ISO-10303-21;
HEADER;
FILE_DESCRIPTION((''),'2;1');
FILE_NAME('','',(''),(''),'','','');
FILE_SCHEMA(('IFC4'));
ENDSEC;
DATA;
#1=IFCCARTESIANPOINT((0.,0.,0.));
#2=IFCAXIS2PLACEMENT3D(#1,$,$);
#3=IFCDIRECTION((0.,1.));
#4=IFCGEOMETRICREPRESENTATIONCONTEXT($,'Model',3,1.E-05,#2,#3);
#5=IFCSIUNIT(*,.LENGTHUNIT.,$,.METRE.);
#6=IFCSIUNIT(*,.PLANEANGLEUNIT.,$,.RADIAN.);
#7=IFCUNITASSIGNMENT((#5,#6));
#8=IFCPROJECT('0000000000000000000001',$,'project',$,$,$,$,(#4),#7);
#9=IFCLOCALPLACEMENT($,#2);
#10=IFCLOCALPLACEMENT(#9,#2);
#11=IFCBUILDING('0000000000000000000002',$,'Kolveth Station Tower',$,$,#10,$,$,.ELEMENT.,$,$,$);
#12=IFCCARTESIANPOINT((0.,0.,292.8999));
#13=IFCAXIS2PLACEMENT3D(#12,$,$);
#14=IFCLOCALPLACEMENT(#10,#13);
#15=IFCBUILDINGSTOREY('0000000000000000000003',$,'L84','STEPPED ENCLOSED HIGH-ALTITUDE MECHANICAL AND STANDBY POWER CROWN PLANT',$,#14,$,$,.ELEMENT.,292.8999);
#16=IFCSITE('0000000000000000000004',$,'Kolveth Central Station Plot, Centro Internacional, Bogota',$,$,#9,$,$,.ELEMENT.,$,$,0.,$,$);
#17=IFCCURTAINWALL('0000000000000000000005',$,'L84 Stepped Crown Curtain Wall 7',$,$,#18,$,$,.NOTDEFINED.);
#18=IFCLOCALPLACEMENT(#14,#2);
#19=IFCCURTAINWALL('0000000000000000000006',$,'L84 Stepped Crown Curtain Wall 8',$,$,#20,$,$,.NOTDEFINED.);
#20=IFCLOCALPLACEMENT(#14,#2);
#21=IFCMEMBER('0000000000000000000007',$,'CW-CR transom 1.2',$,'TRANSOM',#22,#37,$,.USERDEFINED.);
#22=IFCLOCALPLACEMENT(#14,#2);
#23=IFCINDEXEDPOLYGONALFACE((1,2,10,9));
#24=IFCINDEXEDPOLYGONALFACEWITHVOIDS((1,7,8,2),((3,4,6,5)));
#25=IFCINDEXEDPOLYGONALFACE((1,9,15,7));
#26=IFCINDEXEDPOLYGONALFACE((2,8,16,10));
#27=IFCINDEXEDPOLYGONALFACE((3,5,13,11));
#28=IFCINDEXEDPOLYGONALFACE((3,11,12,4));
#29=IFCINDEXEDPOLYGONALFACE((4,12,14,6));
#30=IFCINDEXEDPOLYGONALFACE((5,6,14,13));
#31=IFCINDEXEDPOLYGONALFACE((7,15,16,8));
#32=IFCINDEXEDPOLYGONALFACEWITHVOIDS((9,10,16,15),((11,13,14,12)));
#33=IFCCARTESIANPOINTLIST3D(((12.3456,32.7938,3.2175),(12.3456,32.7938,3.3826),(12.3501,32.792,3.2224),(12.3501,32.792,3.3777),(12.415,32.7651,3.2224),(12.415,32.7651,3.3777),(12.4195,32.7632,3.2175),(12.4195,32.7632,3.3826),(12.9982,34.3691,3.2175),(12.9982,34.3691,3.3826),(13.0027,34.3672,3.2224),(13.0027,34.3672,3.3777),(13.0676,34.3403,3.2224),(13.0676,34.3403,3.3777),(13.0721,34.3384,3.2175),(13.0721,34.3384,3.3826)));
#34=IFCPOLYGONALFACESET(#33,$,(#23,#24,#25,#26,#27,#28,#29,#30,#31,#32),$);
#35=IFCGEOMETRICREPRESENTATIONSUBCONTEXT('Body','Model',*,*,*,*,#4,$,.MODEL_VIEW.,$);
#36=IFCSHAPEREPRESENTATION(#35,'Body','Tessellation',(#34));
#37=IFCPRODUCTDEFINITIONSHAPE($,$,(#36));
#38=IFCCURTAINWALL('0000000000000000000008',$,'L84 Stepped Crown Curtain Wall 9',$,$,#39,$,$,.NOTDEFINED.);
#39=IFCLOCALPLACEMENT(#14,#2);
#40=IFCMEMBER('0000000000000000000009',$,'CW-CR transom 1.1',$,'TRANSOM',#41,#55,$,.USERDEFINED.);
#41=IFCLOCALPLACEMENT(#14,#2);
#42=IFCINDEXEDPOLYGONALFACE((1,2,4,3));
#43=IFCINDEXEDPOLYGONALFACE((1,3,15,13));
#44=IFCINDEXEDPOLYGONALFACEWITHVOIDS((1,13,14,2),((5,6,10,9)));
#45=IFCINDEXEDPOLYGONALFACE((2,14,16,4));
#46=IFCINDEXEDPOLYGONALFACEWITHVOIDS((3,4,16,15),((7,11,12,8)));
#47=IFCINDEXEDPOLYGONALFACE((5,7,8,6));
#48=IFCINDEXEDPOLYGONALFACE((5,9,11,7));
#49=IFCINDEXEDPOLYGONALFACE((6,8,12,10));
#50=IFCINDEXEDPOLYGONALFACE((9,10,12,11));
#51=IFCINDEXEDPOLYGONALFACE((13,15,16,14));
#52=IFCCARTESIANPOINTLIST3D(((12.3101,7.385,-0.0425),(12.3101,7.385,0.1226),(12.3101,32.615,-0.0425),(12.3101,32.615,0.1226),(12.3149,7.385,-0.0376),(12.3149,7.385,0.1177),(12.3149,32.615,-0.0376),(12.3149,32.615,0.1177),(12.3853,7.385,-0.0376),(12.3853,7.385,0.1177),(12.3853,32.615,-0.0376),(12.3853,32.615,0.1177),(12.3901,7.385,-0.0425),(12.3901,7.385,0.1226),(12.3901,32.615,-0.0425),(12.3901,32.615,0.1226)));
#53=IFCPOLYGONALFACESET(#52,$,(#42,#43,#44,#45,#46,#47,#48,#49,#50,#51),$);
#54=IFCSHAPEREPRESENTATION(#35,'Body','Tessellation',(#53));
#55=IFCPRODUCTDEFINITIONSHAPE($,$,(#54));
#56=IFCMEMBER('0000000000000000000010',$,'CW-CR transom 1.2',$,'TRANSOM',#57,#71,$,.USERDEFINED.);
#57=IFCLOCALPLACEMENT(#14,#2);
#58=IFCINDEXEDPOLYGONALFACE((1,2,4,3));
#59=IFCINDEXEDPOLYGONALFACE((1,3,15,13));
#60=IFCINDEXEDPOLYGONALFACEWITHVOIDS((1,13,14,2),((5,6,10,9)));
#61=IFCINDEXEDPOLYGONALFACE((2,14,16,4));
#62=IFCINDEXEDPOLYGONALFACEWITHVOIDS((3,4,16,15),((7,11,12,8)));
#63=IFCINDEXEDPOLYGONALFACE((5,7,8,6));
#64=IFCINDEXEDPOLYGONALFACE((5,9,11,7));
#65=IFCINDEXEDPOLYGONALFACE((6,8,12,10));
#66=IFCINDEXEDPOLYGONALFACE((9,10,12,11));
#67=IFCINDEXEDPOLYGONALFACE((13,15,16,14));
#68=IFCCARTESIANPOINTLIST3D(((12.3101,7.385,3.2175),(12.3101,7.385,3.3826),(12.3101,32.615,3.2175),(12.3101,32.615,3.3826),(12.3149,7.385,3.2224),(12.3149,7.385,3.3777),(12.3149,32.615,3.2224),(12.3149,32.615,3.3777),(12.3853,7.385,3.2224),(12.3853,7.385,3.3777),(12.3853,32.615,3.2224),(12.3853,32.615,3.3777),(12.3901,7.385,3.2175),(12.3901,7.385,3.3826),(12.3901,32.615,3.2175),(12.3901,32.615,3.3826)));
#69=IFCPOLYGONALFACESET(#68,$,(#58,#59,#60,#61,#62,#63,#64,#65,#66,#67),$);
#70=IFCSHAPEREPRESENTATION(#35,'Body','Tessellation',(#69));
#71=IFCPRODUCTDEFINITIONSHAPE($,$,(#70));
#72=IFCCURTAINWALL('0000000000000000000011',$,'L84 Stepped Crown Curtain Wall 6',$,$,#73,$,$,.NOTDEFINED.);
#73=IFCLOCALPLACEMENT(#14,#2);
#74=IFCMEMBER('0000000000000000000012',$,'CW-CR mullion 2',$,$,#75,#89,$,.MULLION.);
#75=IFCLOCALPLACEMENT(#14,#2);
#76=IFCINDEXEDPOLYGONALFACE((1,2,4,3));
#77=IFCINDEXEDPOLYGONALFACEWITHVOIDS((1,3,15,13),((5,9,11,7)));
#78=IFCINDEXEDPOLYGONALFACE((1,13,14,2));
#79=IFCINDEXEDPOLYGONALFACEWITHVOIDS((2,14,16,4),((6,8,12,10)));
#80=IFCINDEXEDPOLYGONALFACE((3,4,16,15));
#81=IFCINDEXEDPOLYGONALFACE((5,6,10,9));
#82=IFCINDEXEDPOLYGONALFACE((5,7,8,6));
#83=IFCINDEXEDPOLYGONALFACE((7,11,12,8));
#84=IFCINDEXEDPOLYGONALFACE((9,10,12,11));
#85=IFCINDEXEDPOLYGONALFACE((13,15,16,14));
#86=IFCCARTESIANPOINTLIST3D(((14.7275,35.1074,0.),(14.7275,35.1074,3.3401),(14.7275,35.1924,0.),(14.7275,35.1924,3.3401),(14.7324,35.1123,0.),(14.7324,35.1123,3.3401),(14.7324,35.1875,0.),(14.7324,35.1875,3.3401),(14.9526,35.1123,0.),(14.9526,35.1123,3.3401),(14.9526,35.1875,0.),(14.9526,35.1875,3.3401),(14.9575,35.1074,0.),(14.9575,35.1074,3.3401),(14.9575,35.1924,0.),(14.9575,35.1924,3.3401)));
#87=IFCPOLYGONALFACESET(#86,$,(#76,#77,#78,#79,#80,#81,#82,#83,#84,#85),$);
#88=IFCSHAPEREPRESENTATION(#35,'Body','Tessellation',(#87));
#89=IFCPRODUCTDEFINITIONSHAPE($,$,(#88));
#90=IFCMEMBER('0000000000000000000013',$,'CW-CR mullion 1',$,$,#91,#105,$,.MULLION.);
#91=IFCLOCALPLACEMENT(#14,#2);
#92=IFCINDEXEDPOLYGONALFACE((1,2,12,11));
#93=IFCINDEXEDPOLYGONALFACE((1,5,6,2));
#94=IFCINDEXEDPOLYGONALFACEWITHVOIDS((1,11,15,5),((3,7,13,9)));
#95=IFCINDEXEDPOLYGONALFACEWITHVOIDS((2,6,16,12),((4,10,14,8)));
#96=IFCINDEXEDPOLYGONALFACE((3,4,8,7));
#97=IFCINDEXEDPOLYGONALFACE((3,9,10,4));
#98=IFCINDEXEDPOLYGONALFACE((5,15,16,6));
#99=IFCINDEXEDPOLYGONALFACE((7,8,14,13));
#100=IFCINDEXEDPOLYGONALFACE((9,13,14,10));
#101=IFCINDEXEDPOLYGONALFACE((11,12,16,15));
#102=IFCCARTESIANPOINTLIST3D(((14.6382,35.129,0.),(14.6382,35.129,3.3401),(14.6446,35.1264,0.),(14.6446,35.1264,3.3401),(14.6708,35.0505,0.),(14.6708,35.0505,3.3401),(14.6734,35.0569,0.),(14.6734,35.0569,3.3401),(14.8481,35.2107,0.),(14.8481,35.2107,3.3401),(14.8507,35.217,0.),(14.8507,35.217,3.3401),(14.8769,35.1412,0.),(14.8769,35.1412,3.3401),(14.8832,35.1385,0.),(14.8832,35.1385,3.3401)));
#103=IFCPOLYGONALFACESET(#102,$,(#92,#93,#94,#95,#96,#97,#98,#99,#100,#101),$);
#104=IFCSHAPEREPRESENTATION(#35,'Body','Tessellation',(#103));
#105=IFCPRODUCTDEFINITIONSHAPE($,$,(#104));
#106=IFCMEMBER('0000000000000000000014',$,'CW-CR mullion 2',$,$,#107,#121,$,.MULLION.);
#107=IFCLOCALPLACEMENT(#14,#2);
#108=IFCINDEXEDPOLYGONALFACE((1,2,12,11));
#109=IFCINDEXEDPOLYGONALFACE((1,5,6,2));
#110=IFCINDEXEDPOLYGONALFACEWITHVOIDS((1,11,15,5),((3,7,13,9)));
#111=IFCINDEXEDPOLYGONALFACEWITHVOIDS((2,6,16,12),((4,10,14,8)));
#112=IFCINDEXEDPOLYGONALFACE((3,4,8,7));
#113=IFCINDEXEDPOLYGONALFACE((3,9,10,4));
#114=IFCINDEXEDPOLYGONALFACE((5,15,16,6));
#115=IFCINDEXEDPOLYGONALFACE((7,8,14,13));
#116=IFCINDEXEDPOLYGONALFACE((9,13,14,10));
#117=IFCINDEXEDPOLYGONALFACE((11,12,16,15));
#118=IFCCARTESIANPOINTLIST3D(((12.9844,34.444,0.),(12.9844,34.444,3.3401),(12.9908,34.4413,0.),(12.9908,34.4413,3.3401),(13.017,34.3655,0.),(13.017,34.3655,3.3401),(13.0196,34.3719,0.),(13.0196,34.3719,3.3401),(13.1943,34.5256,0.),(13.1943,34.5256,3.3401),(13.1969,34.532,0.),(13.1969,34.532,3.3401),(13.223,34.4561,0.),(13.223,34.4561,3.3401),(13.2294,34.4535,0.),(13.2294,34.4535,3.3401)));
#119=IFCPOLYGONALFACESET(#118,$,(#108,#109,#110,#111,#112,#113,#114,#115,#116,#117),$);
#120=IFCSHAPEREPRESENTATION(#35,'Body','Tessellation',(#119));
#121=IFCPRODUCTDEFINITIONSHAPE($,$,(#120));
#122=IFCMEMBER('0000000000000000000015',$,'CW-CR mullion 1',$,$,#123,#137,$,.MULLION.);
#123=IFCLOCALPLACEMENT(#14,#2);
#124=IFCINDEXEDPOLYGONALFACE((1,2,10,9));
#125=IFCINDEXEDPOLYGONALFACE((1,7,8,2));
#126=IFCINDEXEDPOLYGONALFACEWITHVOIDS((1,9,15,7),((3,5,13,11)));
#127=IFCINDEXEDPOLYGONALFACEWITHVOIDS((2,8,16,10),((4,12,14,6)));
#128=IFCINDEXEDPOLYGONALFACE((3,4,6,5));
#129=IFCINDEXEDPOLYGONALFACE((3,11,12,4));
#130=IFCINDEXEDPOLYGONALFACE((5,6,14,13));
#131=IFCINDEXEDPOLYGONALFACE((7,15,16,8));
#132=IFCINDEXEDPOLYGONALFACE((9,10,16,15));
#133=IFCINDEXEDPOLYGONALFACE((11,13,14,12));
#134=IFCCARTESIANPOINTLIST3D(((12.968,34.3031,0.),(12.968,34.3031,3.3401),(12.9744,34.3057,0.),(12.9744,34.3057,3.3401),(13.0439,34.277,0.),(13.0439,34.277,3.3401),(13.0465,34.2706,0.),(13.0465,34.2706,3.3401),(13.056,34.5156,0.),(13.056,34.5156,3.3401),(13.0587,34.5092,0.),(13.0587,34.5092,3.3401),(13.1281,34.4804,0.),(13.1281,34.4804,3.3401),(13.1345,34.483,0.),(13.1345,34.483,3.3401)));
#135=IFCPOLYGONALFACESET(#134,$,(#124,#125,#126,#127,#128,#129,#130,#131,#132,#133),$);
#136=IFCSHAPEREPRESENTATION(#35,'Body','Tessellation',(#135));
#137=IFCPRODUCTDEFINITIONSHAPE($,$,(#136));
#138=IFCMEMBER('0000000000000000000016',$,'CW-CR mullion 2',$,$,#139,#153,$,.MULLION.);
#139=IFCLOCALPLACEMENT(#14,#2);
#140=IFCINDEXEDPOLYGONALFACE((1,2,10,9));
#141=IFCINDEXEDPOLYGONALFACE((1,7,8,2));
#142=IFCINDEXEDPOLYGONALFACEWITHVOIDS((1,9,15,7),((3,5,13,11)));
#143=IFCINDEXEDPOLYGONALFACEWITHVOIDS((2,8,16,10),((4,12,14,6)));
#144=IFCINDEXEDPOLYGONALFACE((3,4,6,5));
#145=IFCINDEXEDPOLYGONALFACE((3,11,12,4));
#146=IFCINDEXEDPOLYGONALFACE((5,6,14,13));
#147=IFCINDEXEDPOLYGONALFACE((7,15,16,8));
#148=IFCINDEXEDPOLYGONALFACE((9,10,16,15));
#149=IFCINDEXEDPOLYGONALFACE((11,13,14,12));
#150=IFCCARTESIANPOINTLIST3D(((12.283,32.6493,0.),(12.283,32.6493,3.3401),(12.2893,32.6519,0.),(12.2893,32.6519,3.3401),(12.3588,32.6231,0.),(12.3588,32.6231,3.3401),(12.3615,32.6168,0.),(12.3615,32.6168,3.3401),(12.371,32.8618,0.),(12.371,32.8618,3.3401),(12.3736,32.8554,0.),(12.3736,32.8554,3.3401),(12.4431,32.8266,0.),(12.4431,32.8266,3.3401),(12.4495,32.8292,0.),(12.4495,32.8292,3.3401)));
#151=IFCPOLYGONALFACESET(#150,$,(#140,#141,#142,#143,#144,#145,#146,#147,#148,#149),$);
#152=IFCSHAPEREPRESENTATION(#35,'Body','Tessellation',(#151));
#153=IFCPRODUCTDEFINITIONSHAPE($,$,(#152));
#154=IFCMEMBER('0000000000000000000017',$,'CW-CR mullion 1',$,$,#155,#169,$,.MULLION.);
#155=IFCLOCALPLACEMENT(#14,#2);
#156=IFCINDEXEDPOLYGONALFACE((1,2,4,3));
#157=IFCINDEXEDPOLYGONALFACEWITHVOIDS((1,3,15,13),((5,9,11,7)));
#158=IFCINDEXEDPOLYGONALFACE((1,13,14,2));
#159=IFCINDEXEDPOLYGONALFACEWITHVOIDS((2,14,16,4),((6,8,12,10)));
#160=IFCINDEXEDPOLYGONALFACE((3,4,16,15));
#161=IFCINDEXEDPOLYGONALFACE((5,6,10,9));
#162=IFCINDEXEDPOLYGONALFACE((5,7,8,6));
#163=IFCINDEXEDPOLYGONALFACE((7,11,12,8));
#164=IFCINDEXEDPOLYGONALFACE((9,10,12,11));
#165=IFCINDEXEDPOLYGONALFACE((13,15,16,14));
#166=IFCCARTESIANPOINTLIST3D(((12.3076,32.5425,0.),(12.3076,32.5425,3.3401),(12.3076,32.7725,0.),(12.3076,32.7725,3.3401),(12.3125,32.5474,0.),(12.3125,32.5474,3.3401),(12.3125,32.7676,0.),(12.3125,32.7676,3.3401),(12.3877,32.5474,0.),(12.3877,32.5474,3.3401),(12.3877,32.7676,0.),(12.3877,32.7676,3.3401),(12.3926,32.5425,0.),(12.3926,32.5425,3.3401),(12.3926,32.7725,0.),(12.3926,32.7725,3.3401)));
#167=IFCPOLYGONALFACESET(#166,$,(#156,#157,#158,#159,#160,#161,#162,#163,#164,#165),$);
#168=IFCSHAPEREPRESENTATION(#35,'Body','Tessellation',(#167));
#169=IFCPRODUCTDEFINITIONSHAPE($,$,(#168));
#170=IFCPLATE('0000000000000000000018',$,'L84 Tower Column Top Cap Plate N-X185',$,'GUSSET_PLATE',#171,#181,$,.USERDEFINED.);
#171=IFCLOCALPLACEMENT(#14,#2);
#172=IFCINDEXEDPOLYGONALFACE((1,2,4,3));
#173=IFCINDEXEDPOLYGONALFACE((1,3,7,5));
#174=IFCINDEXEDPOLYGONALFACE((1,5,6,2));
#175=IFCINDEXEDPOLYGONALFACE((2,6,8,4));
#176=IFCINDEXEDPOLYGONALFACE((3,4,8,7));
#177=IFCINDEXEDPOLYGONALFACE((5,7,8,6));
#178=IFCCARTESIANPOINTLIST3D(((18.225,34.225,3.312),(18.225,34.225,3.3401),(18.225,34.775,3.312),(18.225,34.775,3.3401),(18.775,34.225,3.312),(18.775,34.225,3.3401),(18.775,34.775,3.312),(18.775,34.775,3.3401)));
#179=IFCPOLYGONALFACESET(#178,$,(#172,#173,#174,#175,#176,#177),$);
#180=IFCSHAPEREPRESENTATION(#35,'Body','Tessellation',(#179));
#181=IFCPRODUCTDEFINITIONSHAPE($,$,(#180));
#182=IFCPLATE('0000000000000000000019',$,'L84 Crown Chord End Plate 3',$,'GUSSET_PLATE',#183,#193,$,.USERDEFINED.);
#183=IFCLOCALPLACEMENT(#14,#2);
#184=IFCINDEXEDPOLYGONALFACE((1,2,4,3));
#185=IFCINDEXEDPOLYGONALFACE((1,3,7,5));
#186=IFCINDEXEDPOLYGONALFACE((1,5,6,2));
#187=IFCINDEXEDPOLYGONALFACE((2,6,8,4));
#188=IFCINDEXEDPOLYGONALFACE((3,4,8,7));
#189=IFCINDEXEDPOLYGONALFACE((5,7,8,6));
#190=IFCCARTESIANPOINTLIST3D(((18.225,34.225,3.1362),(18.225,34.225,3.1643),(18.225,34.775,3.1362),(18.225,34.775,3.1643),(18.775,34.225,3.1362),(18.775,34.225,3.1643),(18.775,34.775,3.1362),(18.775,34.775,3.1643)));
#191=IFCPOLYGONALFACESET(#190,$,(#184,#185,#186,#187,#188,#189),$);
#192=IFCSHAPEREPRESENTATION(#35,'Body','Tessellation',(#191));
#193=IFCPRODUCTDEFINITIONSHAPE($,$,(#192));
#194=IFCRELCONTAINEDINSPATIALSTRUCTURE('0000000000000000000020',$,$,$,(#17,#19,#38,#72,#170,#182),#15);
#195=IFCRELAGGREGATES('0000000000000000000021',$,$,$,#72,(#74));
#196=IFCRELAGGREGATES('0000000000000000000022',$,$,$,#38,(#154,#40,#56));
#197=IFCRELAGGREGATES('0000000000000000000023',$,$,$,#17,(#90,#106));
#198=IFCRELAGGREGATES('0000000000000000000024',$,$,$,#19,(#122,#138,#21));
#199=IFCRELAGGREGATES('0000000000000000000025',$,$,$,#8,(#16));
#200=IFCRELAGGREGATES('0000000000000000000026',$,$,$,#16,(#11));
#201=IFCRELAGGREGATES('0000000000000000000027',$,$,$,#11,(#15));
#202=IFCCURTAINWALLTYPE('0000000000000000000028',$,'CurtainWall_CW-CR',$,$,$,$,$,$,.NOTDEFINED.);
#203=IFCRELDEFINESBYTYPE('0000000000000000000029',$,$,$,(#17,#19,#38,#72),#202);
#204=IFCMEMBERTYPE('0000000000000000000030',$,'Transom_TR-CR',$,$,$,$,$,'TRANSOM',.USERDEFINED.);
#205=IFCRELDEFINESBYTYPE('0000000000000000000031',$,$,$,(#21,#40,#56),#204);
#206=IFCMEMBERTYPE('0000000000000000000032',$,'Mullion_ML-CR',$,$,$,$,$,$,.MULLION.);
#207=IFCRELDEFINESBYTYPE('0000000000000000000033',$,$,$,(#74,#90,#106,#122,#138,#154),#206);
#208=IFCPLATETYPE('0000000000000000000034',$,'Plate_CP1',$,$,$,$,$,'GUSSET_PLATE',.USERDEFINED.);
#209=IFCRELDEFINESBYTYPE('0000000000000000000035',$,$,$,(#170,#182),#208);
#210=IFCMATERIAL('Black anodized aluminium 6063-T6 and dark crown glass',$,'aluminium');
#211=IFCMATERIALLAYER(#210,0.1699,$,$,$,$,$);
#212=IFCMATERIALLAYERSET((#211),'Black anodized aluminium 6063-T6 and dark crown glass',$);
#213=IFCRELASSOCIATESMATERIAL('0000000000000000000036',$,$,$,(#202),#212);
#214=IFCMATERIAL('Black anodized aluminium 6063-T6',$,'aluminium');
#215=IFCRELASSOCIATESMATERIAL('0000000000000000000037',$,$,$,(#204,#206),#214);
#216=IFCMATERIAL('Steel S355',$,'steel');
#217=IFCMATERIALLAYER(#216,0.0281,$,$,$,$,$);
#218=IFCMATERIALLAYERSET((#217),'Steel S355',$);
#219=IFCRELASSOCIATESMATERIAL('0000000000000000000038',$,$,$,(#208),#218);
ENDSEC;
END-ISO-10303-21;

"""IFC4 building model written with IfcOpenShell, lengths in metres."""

from ifc_helpers import new_model, si_unit, direction, frame, origin, origin_2d, place, context, subcontext, project, spatial, rectangle, hollow_rectangle, extrude, source, transform, mapped, material, layer, layer_set, material_profile, profile_set, type_object, element, aggregate, save


model = new_model("IFC4")

# Units and contexts
model_context = context("Model", 3, precision=1e-05, world=origin(), true_north=direction((0.0, 1.0)))
body_context = subcontext(model_context, "Body", "Model", "MODEL_VIEW")
ifc_project = project(units=[si_unit("LENGTHUNIT", "METRE"), si_unit("PLANEANGLEUNIT", "RADIAN")], contexts=[model_context])

# Site, building, storey
site_placement = place(None, origin())
site = spatial("IfcSite", under=ifc_project, at=site_placement, Name="Kolveth Central Station Plot, Centro Internacional, Bogota", CompositionType="ELEMENT", RefElevation=0.0)
building_placement = place(site_placement, origin())
building = spatial("IfcBuilding", under=site, at=building_placement, Name="Kolveth Station Tower", CompositionType="ELEMENT")
storey_placement = place(building_placement, frame((0.0, 0.0, 292.8999)))
storey = spatial("IfcBuildingStorey", under=building, at=storey_placement, Name="L84", Description="STEPPED ENCLOSED HIGH-ALTITUDE MECHANICAL AND STANDBY POWER CROWN PLANT", CompositionType="ELEMENT", Elevation=292.8999)

# Shared definitions
ifc_material_1 = material(Name="Steel S355", Category="steel")

# Curtain walls, members
ifc_material_2 = material(Name="Black anodized aluminium 6063-T6 and dark crown glass", Category="aluminium")
ifc_layer_1 = layer(ifc_material_2, 0.1699)
ifc_layer_set_1 = layer_set([ifc_layer_1], Name="Black anodized aluminium 6063-T6 and dark crown glass")
curtain_wall_type = type_object("IfcCurtainWallType", Name="CurtainWall_CW-CR", PredefinedType="NOTDEFINED", material=ifc_layer_set_1)
curtain_wall_1_placement = place(storey_placement, origin())
curtain_wall_1 = element("IfcCurtainWall", 1, at=curtain_wall_1_placement, inside=storey, type_object=curtain_wall_type, Name="L84 Stepped Crown Curtain Wall 7", PredefinedType="NOTDEFINED")
ifc_material_3 = material(Name="Black anodized aluminium 6063-T6", Category="aluminium")
ifc_material_profile_1 = material_profile(ifc_material_3, hollow_rectangle(XDim=0.0801, YDim=0.165, WallThickness=0.0049, at=origin_2d()), Name="ALU-80x165x5")
ifc_profile_set_1 = profile_set([ifc_material_profile_1], Name="Black anodized aluminium 6063-T6")
member_type_1 = type_object("IfcMemberType", Name="Transom_TR-CR", ElementType="TRANSOM", PredefinedType="USERDEFINED", material=ifc_profile_set_1)
shared_shape_1 = source(origin(), body_context, "Body", "SweptSolid", [
    extrude(hollow_rectangle(XDim=0.0801, YDim=0.165, WallThickness=0.0049, at=origin_2d()), origin(), (0.0, 0.0, 1.0), 1.7051),
])
curtain_wall_2_placement = place(storey_placement, origin())
curtain_wall_2 = element("IfcCurtainWall", 2, at=curtain_wall_2_placement, inside=storey, type_object=curtain_wall_type, Name="L84 Stepped Crown Curtain Wall 8", PredefinedType="NOTDEFINED")
member_1_placement = place(storey_placement, frame((13.0352, 34.3538, 3.3), z_axis=(-0.382744, -0.923855, 0.0), x_axis=(0.923855, -0.382744, 0.0)))
member_1 = element("IfcMember", 3, at=member_1_placement, type_object=member_type_1, Name="CW-CR transom 1.2", ObjectType="TRANSOM", PredefinedType="USERDEFINED", context=body_context, shape_type="MappedRepresentation", body=[
    mapped(shared_shape_1, transform((0.0, 0.0, 0.0), x_axis=(1.0, 0.0, 0.0), y_axis=(0.0, 1.0, 0.0), z_axis=(0.0, 0.0, 1.0), scale=1.0)),
])
curtain_wall_3_placement = place(storey_placement, origin())
curtain_wall_3 = element("IfcCurtainWall", 4, at=curtain_wall_3_placement, inside=storey, type_object=curtain_wall_type, Name="L84 Stepped Crown Curtain Wall 9", PredefinedType="NOTDEFINED")
shared_shape_2 = source(origin(), body_context, "Body", "SweptSolid", [
    extrude(hollow_rectangle(XDim=0.0801, YDim=0.165, WallThickness=0.0049, at=origin_2d()), origin(), (0.0, 0.0, 1.0), 25.23),
])
member_2_placement = place(storey_placement, frame((12.3501, 32.615, 0.04), z_axis=(0.0, -1.0, 0.0), x_axis=(1.0, 0.0, 0.0)))
member_2 = element("IfcMember", 5, at=member_2_placement, type_object=member_type_1, Name="CW-CR transom 1.1", ObjectType="TRANSOM", PredefinedType="USERDEFINED", context=body_context, shape_type="MappedRepresentation", body=[
    mapped(shared_shape_2, transform((0.0, 0.0, 0.0), x_axis=(1.0, 0.0, 0.0), y_axis=(0.0, 1.0, 0.0), z_axis=(0.0, 0.0, 1.0), scale=1.0)),
])
member_3_placement = place(storey_placement, frame((12.3501, 32.615, 3.3), z_axis=(0.0, -1.0, 0.0), x_axis=(1.0, 0.0, 0.0)))
member_3 = element("IfcMember", 6, at=member_3_placement, type_object=member_type_1, Name="CW-CR transom 1.2", ObjectType="TRANSOM", PredefinedType="USERDEFINED", context=body_context, shape_type="MappedRepresentation", body=[
    mapped(shared_shape_2, transform((0.0, 0.0, 0.0), x_axis=(1.0, 0.0, 0.0), y_axis=(0.0, 1.0, 0.0), z_axis=(0.0, 0.0, 1.0), scale=1.0)),
])

# Curtain wall, member
curtain_wall_4_placement = place(storey_placement, origin())
curtain_wall_4 = element("IfcCurtainWall", 7, at=curtain_wall_4_placement, inside=storey, type_object=curtain_wall_type, Name="L84 Stepped Crown Curtain Wall 6", PredefinedType="NOTDEFINED")
ifc_material_profile_2 = material_profile(ifc_material_3, hollow_rectangle(XDim=0.085, YDim=0.23, WallThickness=0.0049, at=origin_2d()), Name="ALU-85x230x5")
ifc_profile_set_2 = profile_set([ifc_material_profile_2], Name="Black anodized aluminium 6063-T6")
member_type_2 = type_object("IfcMemberType", Name="Mullion_ML-CR", PredefinedType="MULLION", material=ifc_profile_set_2)
shared_shape_3 = source(origin(), body_context, "Body", "SweptSolid", [
    extrude(hollow_rectangle(XDim=0.085, YDim=0.23, WallThickness=0.0049, at=origin_2d()), origin(), (0.0, 0.0, 1.0), 3.3401),
])
member_4_placement = place(storey_placement, frame((14.8425, 35.1499, 0.0), z_axis=(0.0, 0.0, 1.0), x_axis=(0.0, -1.0, 0.0)))
member_4 = element("IfcMember", 8, at=member_4_placement, type_object=member_type_2, Name="CW-CR mullion 2", PredefinedType="MULLION", context=body_context, shape_type="MappedRepresentation", body=[
    mapped(shared_shape_3, transform((0.0, 0.0, 0.0), x_axis=(1.0, 0.0, 0.0), y_axis=(0.0, 1.0, 0.0), z_axis=(0.0, 0.0, 1.0), scale=1.0)),
])
aggregate(curtain_wall_4, [member_4])

# Members
member_5_placement = place(storey_placement, frame((14.7607, 35.1338, 0.0), z_axis=(0.0, 0.0, 1.0), x_axis=(0.382691, -0.923876, 0.0)))
member_5 = element("IfcMember", 9, at=member_5_placement, type_object=member_type_2, Name="CW-CR mullion 1", PredefinedType="MULLION", context=body_context, shape_type="MappedRepresentation", body=[
    mapped(shared_shape_3, transform((0.0, 0.0, 0.0), x_axis=(1.0, 0.0, 0.0), y_axis=(0.0, 1.0, 0.0), z_axis=(0.0, 0.0, 1.0), scale=1.0)),
])
member_6_placement = place(storey_placement, frame((13.1069, 34.4487, 0.0), z_axis=(0.0, 0.0, 1.0), x_axis=(0.382691, -0.923876, 0.0)))
member_6 = element("IfcMember", 10, at=member_6_placement, type_object=member_type_2, Name="CW-CR mullion 2", PredefinedType="MULLION", context=body_context, shape_type="MappedRepresentation", body=[
    mapped(shared_shape_3, transform((0.0, 0.0, 0.0), x_axis=(1.0, 0.0, 0.0), y_axis=(0.0, 1.0, 0.0), z_axis=(0.0, 0.0, 1.0), scale=1.0)),
])
member_7_placement = place(storey_placement, frame((13.0513, 34.3931, 0.0), z_axis=(0.0, 0.0, 1.0), x_axis=(0.923876, -0.382691, 0.0)))
member_7 = element("IfcMember", 11, at=member_7_placement, type_object=member_type_2, Name="CW-CR mullion 1", PredefinedType="MULLION", context=body_context, shape_type="MappedRepresentation", body=[
    mapped(shared_shape_3, transform((0.0, 0.0, 0.0), x_axis=(1.0, 0.0, 0.0), y_axis=(0.0, 1.0, 0.0), z_axis=(0.0, 0.0, 1.0), scale=1.0)),
])
member_8_placement = place(storey_placement, frame((12.3662, 32.7393, 0.0), z_axis=(0.0, 0.0, 1.0), x_axis=(0.923876, -0.382691, 0.0)))
member_8 = element("IfcMember", 12, at=member_8_placement, type_object=member_type_2, Name="CW-CR mullion 2", PredefinedType="MULLION", context=body_context, shape_type="MappedRepresentation", body=[
    mapped(shared_shape_3, transform((0.0, 0.0, 0.0), x_axis=(1.0, 0.0, 0.0), y_axis=(0.0, 1.0, 0.0), z_axis=(0.0, 0.0, 1.0), scale=1.0)),
])
member_9_placement = place(storey_placement, frame((12.3501, 32.6575, 0.0), z_axis=(0.0, 0.0, 1.0), x_axis=(1.0, 0.0, 0.0)))
member_9 = element("IfcMember", 13, at=member_9_placement, type_object=member_type_2, Name="CW-CR mullion 1", PredefinedType="MULLION", context=body_context, shape_type="MappedRepresentation", body=[
    mapped(shared_shape_3, transform((0.0, 0.0, 0.0), x_axis=(1.0, 0.0, 0.0), y_axis=(0.0, 1.0, 0.0), z_axis=(0.0, 0.0, 1.0), scale=1.0)),
])
aggregate(curtain_wall_3, [member_9, member_2, member_3])

# Plates
ifc_layer_2 = layer(ifc_material_1, 0.0281)
ifc_layer_set_2 = layer_set([ifc_layer_2], Name="Steel S355")
plate_type_1 = type_object("IfcPlateType", Name="Plate_CP1", ElementType="GUSSET_PLATE", PredefinedType="USERDEFINED", material=ifc_layer_set_2)
shared_shape_4 = source(origin(), body_context, "Body", "SweptSolid", [
    extrude(rectangle(XDim=0.55, YDim=0.55, at=origin_2d()), origin(), (0.0, 0.0, 1.0), 0.0281),
])
for number, where, z_axis, x_axis, name in (
    (14, (18.5, 34.5, 3.312), (0.0, 0.0, 1.0), (1.0, 0.0, 0.0), "L84 Tower Column Top Cap Plate N-X185"),
    (15, (18.5, 34.5, 3.1362), (0.0, 0.0, 1.0), (1.0, 0.0, 0.0), "L84 Crown Chord End Plate 3"),
):
    element("IfcPlate", number, at=place(storey_placement, frame(where, z_axis=z_axis, x_axis=x_axis)), inside=storey, type_object=plate_type_1, Name=name, ObjectType="GUSSET_PLATE", PredefinedType="USERDEFINED", context=body_context, shape_type="MappedRepresentation", body=[
        mapped(shared_shape_4, transform((0.0, 0.0, 0.0), x_axis=(1.0, 0.0, 0.0), y_axis=(0.0, 1.0, 0.0), z_axis=(0.0, 0.0, 1.0), scale=1.0)),
    ])

aggregate(curtain_wall_1, [member_5, member_6])
aggregate(curtain_wall_2, [member_7, member_8, member_1])

save(model, "model.ifc")
